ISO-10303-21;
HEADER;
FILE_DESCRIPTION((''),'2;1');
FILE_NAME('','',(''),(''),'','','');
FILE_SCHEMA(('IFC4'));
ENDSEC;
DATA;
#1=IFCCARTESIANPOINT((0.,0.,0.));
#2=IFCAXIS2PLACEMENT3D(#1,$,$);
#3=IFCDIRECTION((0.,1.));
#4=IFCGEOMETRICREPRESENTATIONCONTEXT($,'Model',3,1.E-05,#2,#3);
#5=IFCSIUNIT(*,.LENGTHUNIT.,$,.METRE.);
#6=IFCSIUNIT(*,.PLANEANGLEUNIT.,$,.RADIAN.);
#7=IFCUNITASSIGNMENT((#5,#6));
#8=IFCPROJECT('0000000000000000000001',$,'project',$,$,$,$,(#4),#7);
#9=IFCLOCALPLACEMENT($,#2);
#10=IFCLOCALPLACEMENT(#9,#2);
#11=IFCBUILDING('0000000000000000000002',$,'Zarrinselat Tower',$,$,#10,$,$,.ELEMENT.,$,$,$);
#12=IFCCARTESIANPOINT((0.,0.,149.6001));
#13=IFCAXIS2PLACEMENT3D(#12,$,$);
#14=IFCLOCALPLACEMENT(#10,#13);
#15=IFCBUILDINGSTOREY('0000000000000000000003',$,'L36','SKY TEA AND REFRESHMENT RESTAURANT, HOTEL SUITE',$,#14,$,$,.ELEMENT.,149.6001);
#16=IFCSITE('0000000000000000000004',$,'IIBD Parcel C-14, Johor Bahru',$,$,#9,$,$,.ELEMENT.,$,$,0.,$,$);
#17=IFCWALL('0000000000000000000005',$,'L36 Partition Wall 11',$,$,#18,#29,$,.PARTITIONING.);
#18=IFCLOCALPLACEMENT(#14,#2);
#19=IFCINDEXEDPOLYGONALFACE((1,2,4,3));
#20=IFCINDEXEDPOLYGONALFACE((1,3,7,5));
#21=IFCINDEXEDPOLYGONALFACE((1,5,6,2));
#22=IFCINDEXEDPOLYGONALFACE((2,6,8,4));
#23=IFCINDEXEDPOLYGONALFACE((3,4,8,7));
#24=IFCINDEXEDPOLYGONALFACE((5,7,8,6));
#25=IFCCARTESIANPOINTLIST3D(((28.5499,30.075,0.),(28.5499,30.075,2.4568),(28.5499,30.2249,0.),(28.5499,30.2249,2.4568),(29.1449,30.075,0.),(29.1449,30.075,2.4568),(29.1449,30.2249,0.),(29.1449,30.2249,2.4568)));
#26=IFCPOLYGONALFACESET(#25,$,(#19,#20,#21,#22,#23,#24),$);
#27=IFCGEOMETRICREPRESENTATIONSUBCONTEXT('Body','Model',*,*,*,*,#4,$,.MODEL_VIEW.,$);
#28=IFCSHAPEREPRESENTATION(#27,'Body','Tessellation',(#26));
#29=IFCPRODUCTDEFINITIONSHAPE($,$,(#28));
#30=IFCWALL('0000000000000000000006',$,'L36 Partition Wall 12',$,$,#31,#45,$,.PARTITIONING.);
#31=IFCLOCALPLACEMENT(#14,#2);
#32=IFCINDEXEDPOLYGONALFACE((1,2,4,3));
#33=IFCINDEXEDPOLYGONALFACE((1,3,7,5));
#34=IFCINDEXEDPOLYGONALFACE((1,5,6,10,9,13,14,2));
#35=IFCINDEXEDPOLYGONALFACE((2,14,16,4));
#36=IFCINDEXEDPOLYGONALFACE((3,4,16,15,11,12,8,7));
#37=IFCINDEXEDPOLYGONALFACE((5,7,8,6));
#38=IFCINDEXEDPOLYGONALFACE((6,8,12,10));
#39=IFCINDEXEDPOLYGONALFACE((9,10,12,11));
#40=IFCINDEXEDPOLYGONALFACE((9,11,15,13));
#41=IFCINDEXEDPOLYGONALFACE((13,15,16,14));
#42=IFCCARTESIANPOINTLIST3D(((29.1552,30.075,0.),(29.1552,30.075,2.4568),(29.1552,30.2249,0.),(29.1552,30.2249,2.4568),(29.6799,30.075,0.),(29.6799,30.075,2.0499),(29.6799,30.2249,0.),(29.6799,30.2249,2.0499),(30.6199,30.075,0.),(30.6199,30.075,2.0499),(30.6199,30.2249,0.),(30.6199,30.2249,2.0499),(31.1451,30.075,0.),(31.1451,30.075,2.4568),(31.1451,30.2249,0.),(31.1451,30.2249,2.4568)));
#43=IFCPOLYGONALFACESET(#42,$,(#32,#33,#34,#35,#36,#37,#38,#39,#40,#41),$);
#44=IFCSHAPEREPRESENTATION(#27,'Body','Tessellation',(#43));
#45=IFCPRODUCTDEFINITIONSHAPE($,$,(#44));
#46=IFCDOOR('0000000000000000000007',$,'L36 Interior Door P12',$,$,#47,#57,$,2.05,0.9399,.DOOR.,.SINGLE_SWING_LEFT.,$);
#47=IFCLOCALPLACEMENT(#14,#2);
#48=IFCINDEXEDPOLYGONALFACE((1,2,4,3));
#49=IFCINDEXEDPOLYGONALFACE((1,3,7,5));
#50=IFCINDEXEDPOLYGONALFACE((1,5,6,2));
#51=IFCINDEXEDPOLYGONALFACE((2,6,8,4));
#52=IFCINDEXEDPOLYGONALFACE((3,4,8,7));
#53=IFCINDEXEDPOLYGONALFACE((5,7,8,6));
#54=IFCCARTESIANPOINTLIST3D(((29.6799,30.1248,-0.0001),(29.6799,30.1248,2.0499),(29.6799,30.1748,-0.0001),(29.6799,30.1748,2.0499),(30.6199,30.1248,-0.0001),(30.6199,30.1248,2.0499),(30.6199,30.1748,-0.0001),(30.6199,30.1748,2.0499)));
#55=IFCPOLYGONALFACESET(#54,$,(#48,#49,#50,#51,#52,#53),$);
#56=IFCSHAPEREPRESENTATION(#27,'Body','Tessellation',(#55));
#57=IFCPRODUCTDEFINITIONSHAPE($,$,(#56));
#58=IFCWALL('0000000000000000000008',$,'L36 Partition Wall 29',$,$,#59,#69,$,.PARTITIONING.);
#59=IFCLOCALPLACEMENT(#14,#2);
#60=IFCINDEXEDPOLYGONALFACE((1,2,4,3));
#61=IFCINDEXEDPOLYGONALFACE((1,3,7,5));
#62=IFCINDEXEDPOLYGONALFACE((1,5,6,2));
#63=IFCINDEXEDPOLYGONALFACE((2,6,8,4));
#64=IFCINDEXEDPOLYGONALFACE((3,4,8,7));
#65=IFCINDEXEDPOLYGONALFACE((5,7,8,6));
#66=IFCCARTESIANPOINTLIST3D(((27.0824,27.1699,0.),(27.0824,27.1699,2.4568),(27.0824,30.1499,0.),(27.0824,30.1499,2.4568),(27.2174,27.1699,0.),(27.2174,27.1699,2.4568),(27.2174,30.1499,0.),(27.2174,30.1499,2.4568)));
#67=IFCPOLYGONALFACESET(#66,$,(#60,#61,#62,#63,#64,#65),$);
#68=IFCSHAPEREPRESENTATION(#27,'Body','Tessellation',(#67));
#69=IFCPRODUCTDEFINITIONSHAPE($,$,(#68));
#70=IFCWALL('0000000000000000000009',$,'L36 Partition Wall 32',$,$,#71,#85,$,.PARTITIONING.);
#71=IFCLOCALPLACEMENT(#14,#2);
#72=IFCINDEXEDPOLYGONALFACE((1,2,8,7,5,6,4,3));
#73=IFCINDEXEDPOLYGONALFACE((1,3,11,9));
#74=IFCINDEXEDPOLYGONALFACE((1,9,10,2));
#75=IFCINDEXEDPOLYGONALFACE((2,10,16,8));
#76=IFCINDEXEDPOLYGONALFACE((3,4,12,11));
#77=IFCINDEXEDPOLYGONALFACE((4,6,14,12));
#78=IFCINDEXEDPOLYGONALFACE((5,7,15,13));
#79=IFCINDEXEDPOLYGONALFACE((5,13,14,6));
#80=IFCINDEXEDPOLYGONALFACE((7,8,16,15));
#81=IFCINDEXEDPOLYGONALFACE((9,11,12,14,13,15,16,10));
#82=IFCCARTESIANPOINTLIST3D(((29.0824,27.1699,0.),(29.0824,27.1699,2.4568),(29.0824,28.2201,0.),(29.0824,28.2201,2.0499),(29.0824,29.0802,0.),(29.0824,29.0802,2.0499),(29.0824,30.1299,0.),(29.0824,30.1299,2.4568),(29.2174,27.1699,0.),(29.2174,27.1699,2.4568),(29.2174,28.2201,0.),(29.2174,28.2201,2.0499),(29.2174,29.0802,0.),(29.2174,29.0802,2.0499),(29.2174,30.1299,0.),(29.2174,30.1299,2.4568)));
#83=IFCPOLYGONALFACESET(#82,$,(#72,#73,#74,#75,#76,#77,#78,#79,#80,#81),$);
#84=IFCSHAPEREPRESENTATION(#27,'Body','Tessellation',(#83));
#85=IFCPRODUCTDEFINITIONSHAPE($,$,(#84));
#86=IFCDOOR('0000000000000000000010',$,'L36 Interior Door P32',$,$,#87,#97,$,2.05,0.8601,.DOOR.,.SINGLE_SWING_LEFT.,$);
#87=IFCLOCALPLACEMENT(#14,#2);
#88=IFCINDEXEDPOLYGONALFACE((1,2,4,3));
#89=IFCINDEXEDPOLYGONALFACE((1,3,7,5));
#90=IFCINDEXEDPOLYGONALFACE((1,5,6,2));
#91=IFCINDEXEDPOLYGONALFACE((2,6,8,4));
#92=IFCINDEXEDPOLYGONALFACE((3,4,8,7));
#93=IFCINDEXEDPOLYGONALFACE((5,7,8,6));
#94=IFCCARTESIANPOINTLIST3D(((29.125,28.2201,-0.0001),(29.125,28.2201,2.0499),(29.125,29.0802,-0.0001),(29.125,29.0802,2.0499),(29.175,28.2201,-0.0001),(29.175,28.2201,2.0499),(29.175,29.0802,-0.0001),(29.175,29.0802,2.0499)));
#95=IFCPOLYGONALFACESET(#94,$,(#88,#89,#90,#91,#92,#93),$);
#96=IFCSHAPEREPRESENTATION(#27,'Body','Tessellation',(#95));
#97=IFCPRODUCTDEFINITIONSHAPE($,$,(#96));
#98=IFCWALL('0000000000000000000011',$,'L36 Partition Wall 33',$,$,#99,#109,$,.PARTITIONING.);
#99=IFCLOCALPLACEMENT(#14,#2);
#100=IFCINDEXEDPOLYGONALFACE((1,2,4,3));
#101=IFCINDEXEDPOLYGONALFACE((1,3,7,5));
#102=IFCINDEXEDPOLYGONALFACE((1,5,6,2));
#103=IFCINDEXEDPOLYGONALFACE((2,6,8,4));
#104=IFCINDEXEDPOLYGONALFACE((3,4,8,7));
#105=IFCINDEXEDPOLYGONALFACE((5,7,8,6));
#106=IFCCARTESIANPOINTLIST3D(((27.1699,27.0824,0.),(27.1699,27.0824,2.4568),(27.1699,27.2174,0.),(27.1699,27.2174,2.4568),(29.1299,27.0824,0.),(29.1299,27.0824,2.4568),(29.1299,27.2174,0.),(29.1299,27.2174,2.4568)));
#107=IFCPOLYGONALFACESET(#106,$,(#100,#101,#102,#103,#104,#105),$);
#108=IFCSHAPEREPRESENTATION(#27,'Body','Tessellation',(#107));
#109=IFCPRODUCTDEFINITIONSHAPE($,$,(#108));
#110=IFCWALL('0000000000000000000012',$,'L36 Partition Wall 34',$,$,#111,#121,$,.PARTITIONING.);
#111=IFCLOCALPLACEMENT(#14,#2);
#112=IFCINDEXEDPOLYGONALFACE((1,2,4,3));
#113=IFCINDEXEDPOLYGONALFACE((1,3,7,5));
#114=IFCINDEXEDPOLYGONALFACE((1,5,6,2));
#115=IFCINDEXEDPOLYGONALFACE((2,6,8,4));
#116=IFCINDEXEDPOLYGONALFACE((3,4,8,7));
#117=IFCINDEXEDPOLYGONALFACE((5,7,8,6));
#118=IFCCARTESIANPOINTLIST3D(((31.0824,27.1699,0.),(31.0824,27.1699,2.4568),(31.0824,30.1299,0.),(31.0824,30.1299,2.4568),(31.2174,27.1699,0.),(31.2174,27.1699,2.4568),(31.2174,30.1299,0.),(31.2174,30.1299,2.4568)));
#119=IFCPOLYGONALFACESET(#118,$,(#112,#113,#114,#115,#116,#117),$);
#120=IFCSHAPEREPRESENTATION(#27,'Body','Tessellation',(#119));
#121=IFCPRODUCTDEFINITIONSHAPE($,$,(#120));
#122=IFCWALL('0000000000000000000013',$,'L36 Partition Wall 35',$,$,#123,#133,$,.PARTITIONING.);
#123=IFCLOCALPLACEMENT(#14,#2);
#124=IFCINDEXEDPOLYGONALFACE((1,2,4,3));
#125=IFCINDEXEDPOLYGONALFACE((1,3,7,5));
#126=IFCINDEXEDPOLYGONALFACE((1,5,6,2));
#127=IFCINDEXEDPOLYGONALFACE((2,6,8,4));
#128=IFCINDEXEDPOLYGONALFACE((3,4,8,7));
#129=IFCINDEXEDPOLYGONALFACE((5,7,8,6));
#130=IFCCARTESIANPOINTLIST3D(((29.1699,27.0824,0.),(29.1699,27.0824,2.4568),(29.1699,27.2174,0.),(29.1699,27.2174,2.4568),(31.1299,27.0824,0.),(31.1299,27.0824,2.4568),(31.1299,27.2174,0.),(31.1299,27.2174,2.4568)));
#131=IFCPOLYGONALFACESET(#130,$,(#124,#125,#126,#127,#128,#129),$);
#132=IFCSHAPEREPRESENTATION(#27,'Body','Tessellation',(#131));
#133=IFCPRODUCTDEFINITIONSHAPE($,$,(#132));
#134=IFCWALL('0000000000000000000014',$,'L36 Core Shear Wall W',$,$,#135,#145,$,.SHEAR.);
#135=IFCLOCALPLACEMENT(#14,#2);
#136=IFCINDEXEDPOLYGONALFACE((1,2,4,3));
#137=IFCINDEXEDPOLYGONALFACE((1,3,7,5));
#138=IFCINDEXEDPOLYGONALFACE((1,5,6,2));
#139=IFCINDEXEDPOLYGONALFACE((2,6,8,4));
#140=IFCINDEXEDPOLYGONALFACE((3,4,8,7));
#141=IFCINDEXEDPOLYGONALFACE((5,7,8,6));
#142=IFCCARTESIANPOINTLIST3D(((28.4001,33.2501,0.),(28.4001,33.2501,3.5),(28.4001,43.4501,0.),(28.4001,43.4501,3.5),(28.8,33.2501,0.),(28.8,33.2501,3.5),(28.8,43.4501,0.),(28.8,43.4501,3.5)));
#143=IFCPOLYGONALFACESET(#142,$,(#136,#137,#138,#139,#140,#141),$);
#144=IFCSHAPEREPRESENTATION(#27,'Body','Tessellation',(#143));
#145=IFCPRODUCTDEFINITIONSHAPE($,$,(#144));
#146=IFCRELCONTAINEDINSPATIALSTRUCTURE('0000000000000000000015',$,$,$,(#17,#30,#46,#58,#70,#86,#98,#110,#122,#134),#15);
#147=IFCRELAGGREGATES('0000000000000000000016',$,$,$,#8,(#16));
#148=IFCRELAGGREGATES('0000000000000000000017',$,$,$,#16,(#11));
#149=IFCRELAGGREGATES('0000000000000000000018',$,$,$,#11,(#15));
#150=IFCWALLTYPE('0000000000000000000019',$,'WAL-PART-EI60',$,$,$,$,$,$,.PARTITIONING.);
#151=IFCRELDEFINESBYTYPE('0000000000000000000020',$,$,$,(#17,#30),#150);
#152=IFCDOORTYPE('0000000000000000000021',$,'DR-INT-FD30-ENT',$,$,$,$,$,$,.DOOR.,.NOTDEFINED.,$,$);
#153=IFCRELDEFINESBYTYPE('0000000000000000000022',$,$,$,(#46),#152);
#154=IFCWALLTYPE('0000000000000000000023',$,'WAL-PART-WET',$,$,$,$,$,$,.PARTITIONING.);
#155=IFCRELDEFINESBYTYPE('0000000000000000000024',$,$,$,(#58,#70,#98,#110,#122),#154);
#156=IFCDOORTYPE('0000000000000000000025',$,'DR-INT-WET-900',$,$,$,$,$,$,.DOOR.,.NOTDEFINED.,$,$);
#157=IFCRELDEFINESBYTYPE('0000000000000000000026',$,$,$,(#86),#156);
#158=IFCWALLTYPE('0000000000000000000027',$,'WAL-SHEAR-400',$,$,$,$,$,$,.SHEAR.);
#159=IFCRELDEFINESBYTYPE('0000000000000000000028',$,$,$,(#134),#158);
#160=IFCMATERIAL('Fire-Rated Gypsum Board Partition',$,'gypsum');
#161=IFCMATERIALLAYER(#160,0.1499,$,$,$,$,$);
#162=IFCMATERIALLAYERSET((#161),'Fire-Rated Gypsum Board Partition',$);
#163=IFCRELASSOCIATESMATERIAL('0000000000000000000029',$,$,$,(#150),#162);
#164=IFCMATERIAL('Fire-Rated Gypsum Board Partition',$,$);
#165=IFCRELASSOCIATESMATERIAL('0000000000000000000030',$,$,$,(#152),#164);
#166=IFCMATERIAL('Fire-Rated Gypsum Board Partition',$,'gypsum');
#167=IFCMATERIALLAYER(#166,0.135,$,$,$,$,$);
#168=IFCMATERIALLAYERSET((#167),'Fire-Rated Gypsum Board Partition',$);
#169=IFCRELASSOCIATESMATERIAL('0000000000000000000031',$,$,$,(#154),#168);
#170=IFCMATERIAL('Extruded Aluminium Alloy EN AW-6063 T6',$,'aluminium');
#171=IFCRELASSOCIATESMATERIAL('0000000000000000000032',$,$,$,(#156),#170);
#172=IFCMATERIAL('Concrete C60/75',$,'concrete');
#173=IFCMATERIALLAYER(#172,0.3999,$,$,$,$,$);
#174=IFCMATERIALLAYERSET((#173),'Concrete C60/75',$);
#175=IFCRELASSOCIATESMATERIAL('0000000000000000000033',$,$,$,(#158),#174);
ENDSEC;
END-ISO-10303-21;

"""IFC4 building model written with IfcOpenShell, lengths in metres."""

from ifc_helpers import new_model, si_unit, direction, frame, frame_2d, origin, place, context, subcontext, project, spatial, rectangle, extrude, material, layer, layer_set, type_object, element, fill, save


model = new_model("IFC4")

# Units and contexts
model_context = context("Model", 3, precision=1e-05, world=origin(), true_north=direction((0.0, 1.0)))
body_context = subcontext(model_context, "Body", "Model", "MODEL_VIEW")
ifc_project = project(units=[si_unit("LENGTHUNIT", "METRE"), si_unit("PLANEANGLEUNIT", "RADIAN")], contexts=[model_context])

# Site, building, storey
site_placement = place(None, origin())
site = spatial("IfcSite", under=ifc_project, at=site_placement, Name="IIBD Parcel C-14, Johor Bahru", CompositionType="ELEMENT", RefElevation=0.0)
building_placement = place(site_placement, origin())
building = spatial("IfcBuilding", under=site, at=building_placement, Name="Zarrinselat Tower", CompositionType="ELEMENT")
storey_placement = place(building_placement, frame((0.0, 0.0, 149.6001)))
storey = spatial("IfcBuildingStorey", under=building, at=storey_placement, Name="L36", Description="SKY TEA AND REFRESHMENT RESTAURANT, HOTEL SUITE", CompositionType="ELEMENT", Elevation=149.6001)

# Wall
ifc_material_1 = material(Name="Fire-Rated Gypsum Board Partition", Category="gypsum")
ifc_layer_1 = layer(ifc_material_1, 0.1499)
ifc_layer_set_1 = layer_set([ifc_layer_1], Name="Fire-Rated Gypsum Board Partition")
wall_type_1 = type_object("IfcWallType", Name="WAL-PART-EI60", PredefinedType="PARTITIONING", material=ifc_layer_set_1)
wall_1_placement = place(storey_placement, frame((28.55, 30.1499, 0.0), z_axis=(0.0, 0.0, 1.0), x_axis=(1.0, 0.0, 0.0)))
element("IfcWall", 1, at=wall_1_placement, inside=storey, type_object=wall_type_1, Name="L36 Partition Wall 11", PredefinedType="PARTITIONING", context=body_context, shape_type="SweptSolid", body=[
    extrude(rectangle(XDim=0.595, YDim=0.1499, at=frame_2d((0.2974, 0.0))), origin(), (0.0, 0.0, 1.0), 2.4568),
])

# Wall, opening, door
wall_2_placement = place(storey_placement, frame((29.155, 30.1499, 0.0), z_axis=(0.0, 0.0, 1.0), x_axis=(1.0, 0.0, 0.0)))
wall_2 = element("IfcWall", 2, at=wall_2_placement, inside=storey, type_object=wall_type_1, Name="L36 Partition Wall 12", PredefinedType="PARTITIONING", context=body_context, shape_type="SweptSolid", body=[
    extrude(rectangle(XDim=1.99, YDim=0.1499, at=frame_2d((0.9951, 0.0))), origin(), (0.0, 0.0, 1.0), 2.4568),
])
opening_1_placement = place(wall_2_placement, frame((0.5249, 0.0, 0.0)))
opening_1 = element("IfcOpeningElement", 3, at=opening_1_placement, cuts=wall_2, PredefinedType="OPENING", context=body_context, shape_type="SweptSolid", body=[
    extrude(rectangle(XDim=0.9399, YDim=2.05, at=frame_2d((0.47, 1.0249))), frame((0.0, 0.085, 0.0), z_axis=(0.0, -1.0, 0.0), x_axis=(1.0, 0.0, 0.0)), (0.0, 0.0, 1.0), 0.1699),
])
ifc_material_2 = material(Name="Fire-Rated Gypsum Board Partition")
door_type_1 = type_object("IfcDoorType", Name="DR-INT-FD30-ENT", OperationType="NOTDEFINED", PredefinedType="DOOR", material=ifc_material_2)
door_1_placement = place(opening_1_placement, origin())
door_1 = element("IfcDoor", 4, at=door_1_placement, inside=storey, type_object=door_type_1, Name="L36 Interior Door P12", OperationType="SINGLE_SWING_LEFT", OverallHeight=2.05, OverallWidth=0.9399, PredefinedType="DOOR", context=body_context, shape_type="SweptSolid", body=[
    extrude(rectangle(XDim=0.9399, YDim=2.05, at=frame_2d((0.47, 1.0249))), frame((0.0, 0.0249, 0.0), z_axis=(0.0, -1.0, 0.0), x_axis=(1.0, 0.0, 0.0)), (0.0, 0.0, 1.0), 0.05),
])
fill(opening_1, door_1)

# Wall
ifc_material_3 = material(Name="Fire-Rated Gypsum Board Partition", Category="gypsum")
ifc_layer_2 = layer(ifc_material_3, 0.135)
ifc_layer_set_2 = layer_set([ifc_layer_2], Name="Fire-Rated Gypsum Board Partition")
wall_type_2 = type_object("IfcWallType", Name="WAL-PART-WET", PredefinedType="PARTITIONING", material=ifc_layer_set_2)
wall_3_placement = place(storey_placement, frame((27.1499, 27.1699, 0.0), z_axis=(0.0, 0.0, 1.0), x_axis=(0.0, 1.0, 0.0)))
element("IfcWall", 5, at=wall_3_placement, inside=storey, type_object=wall_type_2, Name="L36 Partition Wall 29", PredefinedType="PARTITIONING", context=body_context, shape_type="SweptSolid", body=[
    extrude(rectangle(XDim=2.98, YDim=0.135, at=frame_2d((1.49, 0.0))), origin(), (0.0, 0.0, 1.0), 2.4568),
])

# Wall, opening, door
wall_4_placement = place(storey_placement, frame((29.1499, 27.1699, 0.0), z_axis=(0.0, 0.0, 1.0), x_axis=(0.0, 1.0, 0.0)))
wall_4 = element("IfcWall", 6, at=wall_4_placement, inside=storey, type_object=wall_type_2, Name="L36 Partition Wall 32", PredefinedType="PARTITIONING", context=body_context, shape_type="SweptSolid", body=[
    extrude(rectangle(XDim=2.96, YDim=0.135, at=frame_2d((1.48, 0.0))), origin(), (0.0, 0.0, 1.0), 2.4568),
])
opening_2_placement = place(wall_4_placement, frame((1.05, 0.0, 0.0)))
opening_2 = element("IfcOpeningElement", 7, at=opening_2_placement, cuts=wall_4, PredefinedType="OPENING", context=body_context, shape_type="SweptSolid", body=[
    extrude(rectangle(XDim=0.8601, YDim=2.05, at=frame_2d((0.4302, 1.0249))), frame((0.0, 0.0774, 0.0), z_axis=(0.0, -1.0, 0.0), x_axis=(1.0, 0.0, 0.0)), (0.0, 0.0, 1.0), 0.155),
])
ifc_material_4 = material(Name="Extruded Aluminium Alloy EN AW-6063 T6", Category="aluminium")
door_type_2 = type_object("IfcDoorType", Name="DR-INT-WET-900", OperationType="NOTDEFINED", PredefinedType="DOOR", material=ifc_material_4)
door_2_placement = place(opening_2_placement, origin())
door_2 = element("IfcDoor", 8, at=door_2_placement, inside=storey, type_object=door_type_2, Name="L36 Interior Door P32", OperationType="SINGLE_SWING_LEFT", OverallHeight=2.05, OverallWidth=0.8601, PredefinedType="DOOR", context=body_context, shape_type="SweptSolid", body=[
    extrude(rectangle(XDim=0.8601, YDim=2.05, at=frame_2d((0.4302, 1.0249))), frame((0.0, 0.0249, 0.0), z_axis=(0.0, -1.0, 0.0), x_axis=(1.0, 0.0, 0.0)), (0.0, 0.0, 1.0), 0.05),
])
fill(opening_2, door_2)

# Walls
wall_5_placement = place(storey_placement, frame((27.1699, 27.1499, 0.0), z_axis=(0.0, 0.0, 1.0), x_axis=(1.0, 0.0, 0.0)))
element("IfcWall", 9, at=wall_5_placement, inside=storey, type_object=wall_type_2, Name="L36 Partition Wall 33", PredefinedType="PARTITIONING", context=body_context, shape_type="SweptSolid", body=[
    extrude(rectangle(XDim=1.96, YDim=0.135, at=frame_2d((0.98, 0.0))), origin(), (0.0, 0.0, 1.0), 2.4568),
])
wall_6_placement = place(storey_placement, frame((31.1499, 27.1699, 0.0), z_axis=(0.0, 0.0, 1.0), x_axis=(0.0, 1.0, 0.0)))
element("IfcWall", 10, at=wall_6_placement, inside=storey, type_object=wall_type_2, Name="L36 Partition Wall 34", PredefinedType="PARTITIONING", context=body_context, shape_type="SweptSolid", body=[
    extrude(rectangle(XDim=2.96, YDim=0.135, at=frame_2d((1.48, 0.0))), origin(), (0.0, 0.0, 1.0), 2.4568),
])
wall_7_placement = place(storey_placement, frame((29.1699, 27.1499, 0.0), z_axis=(0.0, 0.0, 1.0), x_axis=(1.0, 0.0, 0.0)))
element("IfcWall", 11, at=wall_7_placement, inside=storey, type_object=wall_type_2, Name="L36 Partition Wall 35", PredefinedType="PARTITIONING", context=body_context, shape_type="SweptSolid", body=[
    extrude(rectangle(XDim=1.96, YDim=0.135, at=frame_2d((0.98, 0.0))), origin(), (0.0, 0.0, 1.0), 2.4568),
])

# Shared definitions
ifc_material_5 = material(Name="Concrete C60/75", Category="concrete")
ifc_layer_3 = layer(ifc_material_5, 0.3999)
ifc_layer_set_3 = layer_set([ifc_layer_3], Name="Concrete C60/75")
wall_type_3 = type_object("IfcWallType", Name="WAL-SHEAR-400", PredefinedType="SHEAR", material=ifc_layer_set_3)

# Wall
wall_8_placement = place(storey_placement, frame((28.6001, 33.25, 0.0), z_axis=(0.0, 0.0, 1.0), x_axis=(0.0, 1.0, 0.0)))
element("IfcWall", 12, at=wall_8_placement, inside=storey, type_object=wall_type_3, Name="L36 Core Shear Wall W", PredefinedType="SHEAR", context=body_context, shape_type="SweptSolid", body=[
    extrude(rectangle(XDim=10.2, YDim=0.3999, at=frame_2d((5.1001, 0.0))), origin(), (0.0, 0.0, 1.0), 3.5),
])

save(model, "model.ifc")
